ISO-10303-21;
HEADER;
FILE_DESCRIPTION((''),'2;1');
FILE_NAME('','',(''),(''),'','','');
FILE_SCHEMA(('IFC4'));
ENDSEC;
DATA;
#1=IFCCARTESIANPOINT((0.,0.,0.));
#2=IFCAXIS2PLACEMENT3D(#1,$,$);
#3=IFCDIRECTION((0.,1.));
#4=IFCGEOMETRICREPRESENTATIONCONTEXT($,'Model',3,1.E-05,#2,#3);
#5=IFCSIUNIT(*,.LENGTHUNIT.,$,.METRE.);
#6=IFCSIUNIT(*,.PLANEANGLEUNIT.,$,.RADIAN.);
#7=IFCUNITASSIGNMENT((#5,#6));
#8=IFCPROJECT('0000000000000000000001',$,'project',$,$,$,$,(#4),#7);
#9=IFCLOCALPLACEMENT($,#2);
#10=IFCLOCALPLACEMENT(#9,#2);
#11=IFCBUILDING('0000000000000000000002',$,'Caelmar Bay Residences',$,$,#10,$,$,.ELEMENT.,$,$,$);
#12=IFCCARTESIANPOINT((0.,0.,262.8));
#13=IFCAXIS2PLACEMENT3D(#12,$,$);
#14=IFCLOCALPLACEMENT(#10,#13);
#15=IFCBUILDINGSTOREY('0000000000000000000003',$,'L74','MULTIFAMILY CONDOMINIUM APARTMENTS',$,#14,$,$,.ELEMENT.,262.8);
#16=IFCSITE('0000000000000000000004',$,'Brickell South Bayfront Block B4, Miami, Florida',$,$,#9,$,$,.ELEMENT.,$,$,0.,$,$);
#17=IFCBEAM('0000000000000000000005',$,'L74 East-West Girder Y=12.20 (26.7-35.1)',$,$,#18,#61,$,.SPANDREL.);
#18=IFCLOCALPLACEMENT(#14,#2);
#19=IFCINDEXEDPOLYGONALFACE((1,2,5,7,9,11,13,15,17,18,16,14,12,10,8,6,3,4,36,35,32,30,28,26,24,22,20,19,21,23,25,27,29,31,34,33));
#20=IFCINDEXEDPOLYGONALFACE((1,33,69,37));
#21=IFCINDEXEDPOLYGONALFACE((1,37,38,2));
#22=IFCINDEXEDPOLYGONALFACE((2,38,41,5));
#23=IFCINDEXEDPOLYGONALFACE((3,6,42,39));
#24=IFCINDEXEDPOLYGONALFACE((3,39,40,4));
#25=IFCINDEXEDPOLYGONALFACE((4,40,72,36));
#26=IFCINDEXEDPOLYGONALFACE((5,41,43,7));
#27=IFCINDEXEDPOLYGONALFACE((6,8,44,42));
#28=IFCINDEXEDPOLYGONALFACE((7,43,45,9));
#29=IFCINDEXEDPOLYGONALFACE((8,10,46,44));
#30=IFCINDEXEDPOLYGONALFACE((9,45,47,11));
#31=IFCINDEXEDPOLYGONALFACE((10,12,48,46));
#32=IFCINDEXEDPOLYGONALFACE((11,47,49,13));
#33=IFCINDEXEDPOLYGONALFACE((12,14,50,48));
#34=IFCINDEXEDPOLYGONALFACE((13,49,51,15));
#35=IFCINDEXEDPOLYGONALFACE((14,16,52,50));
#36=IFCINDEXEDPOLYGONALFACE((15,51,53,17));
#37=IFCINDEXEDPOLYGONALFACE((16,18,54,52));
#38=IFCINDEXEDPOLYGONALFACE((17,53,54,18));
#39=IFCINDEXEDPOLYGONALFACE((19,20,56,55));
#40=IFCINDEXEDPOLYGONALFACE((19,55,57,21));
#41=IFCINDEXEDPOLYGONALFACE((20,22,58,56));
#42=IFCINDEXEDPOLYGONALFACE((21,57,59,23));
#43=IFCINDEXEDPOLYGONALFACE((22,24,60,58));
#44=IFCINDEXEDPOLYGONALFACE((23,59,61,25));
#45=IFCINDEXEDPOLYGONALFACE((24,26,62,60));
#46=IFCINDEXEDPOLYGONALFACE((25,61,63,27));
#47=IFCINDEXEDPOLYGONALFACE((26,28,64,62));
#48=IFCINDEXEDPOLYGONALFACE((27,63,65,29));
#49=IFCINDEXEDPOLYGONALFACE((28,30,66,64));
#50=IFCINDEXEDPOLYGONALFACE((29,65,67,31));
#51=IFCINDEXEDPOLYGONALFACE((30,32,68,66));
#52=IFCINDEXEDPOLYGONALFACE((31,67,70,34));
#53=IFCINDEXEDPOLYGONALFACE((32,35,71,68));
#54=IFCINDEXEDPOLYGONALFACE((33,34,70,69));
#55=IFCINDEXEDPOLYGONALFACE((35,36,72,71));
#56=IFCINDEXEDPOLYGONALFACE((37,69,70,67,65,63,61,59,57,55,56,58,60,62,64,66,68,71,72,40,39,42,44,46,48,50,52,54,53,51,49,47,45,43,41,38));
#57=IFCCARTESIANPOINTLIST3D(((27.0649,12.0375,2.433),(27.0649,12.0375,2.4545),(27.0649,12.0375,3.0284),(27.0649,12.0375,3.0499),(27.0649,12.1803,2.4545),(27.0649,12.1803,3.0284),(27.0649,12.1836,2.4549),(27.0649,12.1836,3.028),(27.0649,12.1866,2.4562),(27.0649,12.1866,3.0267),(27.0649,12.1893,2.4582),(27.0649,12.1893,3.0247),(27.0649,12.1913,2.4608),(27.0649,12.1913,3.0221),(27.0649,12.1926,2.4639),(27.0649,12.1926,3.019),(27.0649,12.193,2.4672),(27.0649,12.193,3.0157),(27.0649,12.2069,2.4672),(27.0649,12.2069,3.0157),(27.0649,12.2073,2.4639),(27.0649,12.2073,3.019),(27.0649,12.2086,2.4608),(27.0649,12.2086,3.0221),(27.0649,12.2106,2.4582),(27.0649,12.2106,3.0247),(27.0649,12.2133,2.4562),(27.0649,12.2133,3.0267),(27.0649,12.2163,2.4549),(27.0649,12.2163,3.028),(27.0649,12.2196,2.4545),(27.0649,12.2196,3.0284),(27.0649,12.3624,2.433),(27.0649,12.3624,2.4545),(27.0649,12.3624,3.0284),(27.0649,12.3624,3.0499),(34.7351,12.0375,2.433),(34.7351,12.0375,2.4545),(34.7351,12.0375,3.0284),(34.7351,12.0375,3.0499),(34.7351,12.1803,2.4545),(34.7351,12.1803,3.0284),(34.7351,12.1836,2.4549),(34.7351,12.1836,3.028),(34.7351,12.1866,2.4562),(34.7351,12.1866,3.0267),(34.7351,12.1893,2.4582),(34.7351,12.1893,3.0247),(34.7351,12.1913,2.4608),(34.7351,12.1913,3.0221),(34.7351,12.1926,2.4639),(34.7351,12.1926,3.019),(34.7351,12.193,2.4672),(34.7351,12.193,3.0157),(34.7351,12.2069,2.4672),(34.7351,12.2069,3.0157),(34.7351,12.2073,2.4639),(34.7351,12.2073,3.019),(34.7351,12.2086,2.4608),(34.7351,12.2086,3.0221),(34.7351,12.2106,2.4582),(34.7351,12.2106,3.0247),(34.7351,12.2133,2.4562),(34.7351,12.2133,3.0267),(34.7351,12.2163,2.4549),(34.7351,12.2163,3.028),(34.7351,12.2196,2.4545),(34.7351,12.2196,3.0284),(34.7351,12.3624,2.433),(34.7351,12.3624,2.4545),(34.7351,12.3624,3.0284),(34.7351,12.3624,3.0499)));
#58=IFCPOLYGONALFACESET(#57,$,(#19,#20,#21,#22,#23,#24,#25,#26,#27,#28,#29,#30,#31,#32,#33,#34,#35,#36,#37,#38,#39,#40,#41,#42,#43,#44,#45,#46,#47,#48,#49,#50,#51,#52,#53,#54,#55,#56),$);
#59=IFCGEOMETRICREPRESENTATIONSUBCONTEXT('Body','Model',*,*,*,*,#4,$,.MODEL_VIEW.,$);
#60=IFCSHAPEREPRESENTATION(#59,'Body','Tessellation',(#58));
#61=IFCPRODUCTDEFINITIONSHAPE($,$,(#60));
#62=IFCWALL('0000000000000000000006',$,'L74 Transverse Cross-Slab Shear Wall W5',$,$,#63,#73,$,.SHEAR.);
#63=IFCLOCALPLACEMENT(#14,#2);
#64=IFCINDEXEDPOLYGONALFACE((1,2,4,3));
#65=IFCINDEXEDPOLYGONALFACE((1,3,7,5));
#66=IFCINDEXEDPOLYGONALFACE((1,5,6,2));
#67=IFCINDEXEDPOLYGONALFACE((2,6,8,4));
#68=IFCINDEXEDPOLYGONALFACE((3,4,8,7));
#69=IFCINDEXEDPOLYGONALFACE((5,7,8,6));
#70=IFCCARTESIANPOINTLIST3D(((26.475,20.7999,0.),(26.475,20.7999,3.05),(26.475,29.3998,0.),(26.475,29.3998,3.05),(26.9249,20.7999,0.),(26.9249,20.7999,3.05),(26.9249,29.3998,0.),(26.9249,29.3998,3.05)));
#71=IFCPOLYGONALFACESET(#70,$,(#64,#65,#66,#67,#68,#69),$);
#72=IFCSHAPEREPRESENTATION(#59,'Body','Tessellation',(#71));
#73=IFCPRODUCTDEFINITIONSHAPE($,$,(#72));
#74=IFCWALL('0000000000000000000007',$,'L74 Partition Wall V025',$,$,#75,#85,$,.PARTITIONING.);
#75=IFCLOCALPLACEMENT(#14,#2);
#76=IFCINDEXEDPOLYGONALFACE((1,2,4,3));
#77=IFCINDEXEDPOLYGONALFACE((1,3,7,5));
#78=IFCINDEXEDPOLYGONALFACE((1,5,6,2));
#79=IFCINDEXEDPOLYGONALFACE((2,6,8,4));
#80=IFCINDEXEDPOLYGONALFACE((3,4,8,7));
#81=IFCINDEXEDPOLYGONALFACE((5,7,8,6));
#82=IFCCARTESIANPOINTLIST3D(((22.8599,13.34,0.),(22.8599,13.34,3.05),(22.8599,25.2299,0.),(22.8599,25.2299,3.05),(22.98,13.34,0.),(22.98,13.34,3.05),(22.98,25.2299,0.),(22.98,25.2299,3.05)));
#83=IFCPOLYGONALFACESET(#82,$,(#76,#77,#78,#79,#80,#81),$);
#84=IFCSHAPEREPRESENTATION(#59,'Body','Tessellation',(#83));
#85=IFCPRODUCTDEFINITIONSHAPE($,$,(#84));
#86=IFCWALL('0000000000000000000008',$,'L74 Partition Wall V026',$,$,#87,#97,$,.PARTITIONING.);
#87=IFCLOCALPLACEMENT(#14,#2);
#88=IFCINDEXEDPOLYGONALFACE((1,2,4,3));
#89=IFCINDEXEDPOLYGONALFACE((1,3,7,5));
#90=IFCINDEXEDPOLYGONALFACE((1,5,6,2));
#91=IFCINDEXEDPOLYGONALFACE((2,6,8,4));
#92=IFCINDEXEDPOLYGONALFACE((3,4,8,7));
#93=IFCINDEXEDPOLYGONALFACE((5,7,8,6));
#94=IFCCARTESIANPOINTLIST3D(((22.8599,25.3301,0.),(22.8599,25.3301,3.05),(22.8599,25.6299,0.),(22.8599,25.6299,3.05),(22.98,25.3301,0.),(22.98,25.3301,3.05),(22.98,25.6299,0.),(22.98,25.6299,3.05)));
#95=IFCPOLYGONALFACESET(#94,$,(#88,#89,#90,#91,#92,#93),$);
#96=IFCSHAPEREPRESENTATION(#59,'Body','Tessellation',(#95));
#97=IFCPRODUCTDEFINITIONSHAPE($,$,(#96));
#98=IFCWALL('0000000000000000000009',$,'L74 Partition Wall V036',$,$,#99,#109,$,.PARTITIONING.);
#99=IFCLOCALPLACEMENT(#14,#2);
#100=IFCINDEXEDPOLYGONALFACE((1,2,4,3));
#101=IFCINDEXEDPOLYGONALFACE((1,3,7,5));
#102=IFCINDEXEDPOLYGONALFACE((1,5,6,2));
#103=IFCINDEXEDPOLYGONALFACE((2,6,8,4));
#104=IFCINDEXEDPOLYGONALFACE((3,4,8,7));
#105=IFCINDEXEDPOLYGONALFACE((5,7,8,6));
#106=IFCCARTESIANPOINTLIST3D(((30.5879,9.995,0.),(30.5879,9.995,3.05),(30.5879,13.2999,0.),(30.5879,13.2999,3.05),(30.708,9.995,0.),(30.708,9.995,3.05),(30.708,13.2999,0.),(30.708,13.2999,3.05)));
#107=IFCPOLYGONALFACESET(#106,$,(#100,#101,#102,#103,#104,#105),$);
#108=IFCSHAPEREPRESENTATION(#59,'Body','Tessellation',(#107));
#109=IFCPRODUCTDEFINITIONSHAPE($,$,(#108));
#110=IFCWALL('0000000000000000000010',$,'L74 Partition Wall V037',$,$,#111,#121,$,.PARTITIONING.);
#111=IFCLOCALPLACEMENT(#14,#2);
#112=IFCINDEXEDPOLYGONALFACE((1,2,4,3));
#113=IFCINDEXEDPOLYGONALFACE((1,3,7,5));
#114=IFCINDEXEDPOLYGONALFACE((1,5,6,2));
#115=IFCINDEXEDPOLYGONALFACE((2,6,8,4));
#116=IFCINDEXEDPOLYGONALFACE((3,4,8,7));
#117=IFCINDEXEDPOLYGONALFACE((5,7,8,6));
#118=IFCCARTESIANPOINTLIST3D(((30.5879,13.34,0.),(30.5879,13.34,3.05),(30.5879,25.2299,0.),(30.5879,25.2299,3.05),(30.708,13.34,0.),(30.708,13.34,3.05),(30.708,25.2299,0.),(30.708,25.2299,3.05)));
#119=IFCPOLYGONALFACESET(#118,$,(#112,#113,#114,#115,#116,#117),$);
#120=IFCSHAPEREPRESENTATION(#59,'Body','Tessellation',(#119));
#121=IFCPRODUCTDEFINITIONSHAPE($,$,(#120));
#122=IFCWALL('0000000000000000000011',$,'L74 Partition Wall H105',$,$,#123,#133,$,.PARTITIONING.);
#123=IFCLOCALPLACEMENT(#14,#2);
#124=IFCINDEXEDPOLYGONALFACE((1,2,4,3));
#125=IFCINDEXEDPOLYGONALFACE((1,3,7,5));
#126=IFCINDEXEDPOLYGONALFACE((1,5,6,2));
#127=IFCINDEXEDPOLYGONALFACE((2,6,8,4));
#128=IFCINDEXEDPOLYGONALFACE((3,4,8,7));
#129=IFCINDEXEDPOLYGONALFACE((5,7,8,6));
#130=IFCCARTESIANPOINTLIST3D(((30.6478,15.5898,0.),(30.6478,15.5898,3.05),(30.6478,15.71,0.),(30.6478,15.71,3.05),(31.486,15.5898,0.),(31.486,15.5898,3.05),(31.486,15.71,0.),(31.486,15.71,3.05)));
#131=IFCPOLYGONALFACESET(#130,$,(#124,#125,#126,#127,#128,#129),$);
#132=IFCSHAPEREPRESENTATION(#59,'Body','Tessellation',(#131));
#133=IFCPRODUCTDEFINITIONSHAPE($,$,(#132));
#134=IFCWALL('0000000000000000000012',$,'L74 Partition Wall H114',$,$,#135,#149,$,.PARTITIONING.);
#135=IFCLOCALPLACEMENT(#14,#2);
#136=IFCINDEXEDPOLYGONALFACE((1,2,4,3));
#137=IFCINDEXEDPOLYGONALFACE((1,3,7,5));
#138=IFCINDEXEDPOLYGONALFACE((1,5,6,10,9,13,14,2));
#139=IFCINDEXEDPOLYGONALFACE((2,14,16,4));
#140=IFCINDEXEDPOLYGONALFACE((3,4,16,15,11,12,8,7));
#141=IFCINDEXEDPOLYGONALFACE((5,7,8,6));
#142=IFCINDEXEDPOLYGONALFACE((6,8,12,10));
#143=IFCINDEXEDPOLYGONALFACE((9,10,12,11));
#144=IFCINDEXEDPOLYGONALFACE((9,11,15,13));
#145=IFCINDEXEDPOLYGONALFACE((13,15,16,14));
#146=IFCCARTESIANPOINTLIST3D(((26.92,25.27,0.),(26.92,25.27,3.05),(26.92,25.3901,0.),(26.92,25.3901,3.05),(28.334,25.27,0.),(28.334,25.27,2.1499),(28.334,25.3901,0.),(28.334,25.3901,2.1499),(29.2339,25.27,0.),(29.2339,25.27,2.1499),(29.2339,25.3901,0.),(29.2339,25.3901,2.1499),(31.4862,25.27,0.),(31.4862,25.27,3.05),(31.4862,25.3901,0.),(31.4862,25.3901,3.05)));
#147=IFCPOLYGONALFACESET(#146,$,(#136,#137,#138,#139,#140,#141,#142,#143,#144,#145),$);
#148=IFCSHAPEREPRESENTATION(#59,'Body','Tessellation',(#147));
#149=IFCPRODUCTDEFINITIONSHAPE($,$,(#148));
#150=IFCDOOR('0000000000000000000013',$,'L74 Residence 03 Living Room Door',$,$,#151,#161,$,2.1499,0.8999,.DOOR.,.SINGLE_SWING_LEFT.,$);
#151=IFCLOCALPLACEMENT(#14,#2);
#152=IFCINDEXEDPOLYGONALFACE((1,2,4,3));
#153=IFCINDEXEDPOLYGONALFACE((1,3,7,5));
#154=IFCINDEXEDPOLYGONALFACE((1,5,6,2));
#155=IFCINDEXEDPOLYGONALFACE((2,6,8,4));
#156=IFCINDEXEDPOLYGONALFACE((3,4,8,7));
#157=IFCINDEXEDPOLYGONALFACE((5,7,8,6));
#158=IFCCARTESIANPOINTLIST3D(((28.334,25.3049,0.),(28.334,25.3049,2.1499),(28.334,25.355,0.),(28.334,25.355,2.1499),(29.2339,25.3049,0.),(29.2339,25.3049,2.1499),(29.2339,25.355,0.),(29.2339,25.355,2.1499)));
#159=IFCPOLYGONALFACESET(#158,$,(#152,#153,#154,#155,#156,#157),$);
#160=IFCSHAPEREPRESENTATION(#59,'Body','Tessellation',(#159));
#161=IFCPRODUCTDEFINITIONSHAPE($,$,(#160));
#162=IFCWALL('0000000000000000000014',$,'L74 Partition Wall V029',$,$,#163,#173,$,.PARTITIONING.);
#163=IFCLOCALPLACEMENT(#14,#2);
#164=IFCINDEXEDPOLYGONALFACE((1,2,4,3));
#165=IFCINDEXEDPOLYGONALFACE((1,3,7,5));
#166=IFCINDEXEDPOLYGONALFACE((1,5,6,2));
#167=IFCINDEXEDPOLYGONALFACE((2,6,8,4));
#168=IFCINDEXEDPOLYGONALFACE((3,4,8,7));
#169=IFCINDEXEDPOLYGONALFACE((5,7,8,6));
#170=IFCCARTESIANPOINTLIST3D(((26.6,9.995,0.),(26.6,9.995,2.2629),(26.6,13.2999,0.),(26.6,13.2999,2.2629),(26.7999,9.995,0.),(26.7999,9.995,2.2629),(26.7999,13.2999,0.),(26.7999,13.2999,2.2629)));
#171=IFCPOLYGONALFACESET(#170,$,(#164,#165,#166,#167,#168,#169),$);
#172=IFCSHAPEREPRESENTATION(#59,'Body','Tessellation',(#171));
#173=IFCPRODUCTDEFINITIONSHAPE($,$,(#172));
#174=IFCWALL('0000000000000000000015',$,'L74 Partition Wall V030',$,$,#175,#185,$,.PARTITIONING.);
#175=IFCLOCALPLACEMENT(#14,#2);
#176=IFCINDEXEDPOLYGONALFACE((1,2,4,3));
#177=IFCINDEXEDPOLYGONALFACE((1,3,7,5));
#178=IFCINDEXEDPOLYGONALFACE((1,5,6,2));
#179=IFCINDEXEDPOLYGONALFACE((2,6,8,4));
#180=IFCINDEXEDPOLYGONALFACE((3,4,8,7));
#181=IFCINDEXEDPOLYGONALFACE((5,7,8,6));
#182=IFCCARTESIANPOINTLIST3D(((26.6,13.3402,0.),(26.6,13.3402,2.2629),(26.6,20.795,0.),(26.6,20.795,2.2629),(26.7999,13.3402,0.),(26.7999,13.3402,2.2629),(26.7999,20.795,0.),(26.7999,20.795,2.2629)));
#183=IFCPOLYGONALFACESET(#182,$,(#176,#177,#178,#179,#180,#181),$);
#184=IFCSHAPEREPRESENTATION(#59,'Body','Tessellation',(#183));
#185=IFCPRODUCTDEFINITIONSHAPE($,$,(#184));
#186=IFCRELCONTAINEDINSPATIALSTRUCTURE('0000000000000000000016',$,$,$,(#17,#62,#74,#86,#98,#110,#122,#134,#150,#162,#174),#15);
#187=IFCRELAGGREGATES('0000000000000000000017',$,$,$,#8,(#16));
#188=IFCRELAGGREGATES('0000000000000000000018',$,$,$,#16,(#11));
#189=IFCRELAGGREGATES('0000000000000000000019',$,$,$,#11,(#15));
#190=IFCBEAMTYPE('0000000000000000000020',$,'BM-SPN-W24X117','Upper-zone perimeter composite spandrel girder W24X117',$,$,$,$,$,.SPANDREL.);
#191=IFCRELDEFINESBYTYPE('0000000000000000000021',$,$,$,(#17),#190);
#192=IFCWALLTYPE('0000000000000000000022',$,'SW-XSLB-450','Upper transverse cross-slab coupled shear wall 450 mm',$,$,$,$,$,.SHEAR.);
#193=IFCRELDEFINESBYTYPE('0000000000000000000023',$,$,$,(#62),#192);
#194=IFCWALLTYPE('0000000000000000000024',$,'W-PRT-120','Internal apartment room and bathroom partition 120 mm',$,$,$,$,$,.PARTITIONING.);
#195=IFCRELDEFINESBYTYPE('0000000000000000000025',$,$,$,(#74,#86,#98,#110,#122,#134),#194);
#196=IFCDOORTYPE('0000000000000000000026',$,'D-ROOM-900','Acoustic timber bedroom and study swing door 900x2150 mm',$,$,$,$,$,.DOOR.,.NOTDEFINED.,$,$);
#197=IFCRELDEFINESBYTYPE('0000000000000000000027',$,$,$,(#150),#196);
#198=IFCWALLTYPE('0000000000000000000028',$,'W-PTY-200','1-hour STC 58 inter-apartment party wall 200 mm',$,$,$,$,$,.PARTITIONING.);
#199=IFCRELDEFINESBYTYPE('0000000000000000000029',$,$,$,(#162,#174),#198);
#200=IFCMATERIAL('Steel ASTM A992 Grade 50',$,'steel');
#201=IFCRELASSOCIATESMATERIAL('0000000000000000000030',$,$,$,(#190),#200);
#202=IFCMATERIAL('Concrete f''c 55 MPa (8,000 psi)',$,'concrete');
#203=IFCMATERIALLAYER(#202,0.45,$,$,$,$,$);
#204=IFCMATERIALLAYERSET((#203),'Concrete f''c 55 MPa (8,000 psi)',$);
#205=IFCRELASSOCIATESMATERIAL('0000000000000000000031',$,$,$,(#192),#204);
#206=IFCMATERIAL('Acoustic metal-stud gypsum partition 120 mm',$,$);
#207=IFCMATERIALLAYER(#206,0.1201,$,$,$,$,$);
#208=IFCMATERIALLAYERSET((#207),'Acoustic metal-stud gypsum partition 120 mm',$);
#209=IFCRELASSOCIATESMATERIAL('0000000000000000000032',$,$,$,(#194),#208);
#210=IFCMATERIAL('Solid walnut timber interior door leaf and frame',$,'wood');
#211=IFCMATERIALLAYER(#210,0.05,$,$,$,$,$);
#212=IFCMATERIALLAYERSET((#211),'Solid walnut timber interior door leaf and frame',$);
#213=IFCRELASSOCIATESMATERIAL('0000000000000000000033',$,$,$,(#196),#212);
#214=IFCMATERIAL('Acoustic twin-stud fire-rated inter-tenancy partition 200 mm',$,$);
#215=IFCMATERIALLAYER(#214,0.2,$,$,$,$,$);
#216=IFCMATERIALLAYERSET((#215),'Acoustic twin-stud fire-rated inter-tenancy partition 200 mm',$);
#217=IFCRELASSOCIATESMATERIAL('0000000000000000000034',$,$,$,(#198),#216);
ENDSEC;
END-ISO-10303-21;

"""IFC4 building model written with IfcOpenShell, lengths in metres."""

from ifc_helpers import new_model, si_unit, direction, frame, frame_2d, origin, origin_2d, place, context, subcontext, project, spatial, rectangle, i_section, extrude, material, layer, layer_set, material_profile, profile_set, type_object, element, fill, save


model = new_model("IFC4")

# Units and contexts
model_context = context("Model", 3, precision=1e-05, world=origin(), true_north=direction((0.0, 1.0)))
body_context = subcontext(model_context, "Body", "Model", "MODEL_VIEW")
ifc_project = project(units=[si_unit("LENGTHUNIT", "METRE"), si_unit("PLANEANGLEUNIT", "RADIAN")], contexts=[model_context])

# Site, building, storey
site_placement = place(None, origin())
site = spatial("IfcSite", under=ifc_project, at=site_placement, Name="Brickell South Bayfront Block B4, Miami, Florida", CompositionType="ELEMENT", RefElevation=0.0)
building_placement = place(site_placement, origin())
building = spatial("IfcBuilding", under=site, at=building_placement, Name="Caelmar Bay Residences", CompositionType="ELEMENT")
storey_placement = place(building_placement, frame((0.0, 0.0, 262.8)))
storey = spatial("IfcBuildingStorey", under=building, at=storey_placement, Name="L74", Description="MULTIFAMILY CONDOMINIUM APARTMENTS", CompositionType="ELEMENT", Elevation=262.8)

# Shared definitions
ifc_material_1 = material(Name="Concrete f'c 55 MPa (8,000 psi)", Category="concrete")

# Beam
ifc_material_2 = material(Name="Steel ASTM A992 Grade 50", Category="steel")
ifc_material_profile_1 = material_profile(ifc_material_2, i_section(OverallWidth=0.325, OverallDepth=0.6169, WebThickness=0.0139, FlangeThickness=0.0215, FilletRadius=0.0127, at=origin_2d()), Name="W24X117")
ifc_profile_set_1 = profile_set([ifc_material_profile_1], Name="Steel ASTM A992 Grade 50")
beam_type_1 = type_object("IfcBeamType", Name="BM-SPN-W24X117", Description="Upper-zone perimeter composite spandrel girder W24X117", PredefinedType="SPANDREL", material=ifc_profile_set_1)
beam_1_placement = place(storey_placement, frame((27.0649, 12.2, 2.7415), z_axis=(1.0, 0.0, 0.0), x_axis=(0.0, 1.0, 0.0)))
element("IfcBeam", 1, at=beam_1_placement, inside=storey, type_object=beam_type_1, Name="L74 East-West Girder Y=12.20 (26.7-35.1)", PredefinedType="SPANDREL", context=body_context, shape_type="SweptSolid", body=[
    extrude(i_section(OverallWidth=0.325, OverallDepth=0.6169, WebThickness=0.0139, FlangeThickness=0.0215, FilletRadius=0.0127, at=origin_2d()), origin(), (0.0, 0.0, 1.0), 7.6702),
])

# Walls
ifc_layer_1 = layer(ifc_material_1, 0.45)
ifc_layer_set_1 = layer_set([ifc_layer_1], Name="Concrete f'c 55 MPa (8,000 psi)")
wall_type_1 = type_object("IfcWallType", Name="SW-XSLB-450", Description="Upper transverse cross-slab coupled shear wall 450 mm", PredefinedType="SHEAR", material=ifc_layer_set_1)
wall_1_placement = place(storey_placement, frame((26.7, 20.8, 0.0), z_axis=(0.0, 0.0, 1.0), x_axis=(0.0, 1.0, 0.0)))
element("IfcWall", 2, at=wall_1_placement, inside=storey, type_object=wall_type_1, Name="L74 Transverse Cross-Slab Shear Wall W5", PredefinedType="SHEAR", context=body_context, shape_type="SweptSolid", body=[
    extrude(rectangle(XDim=8.5999, YDim=0.45, at=frame_2d((4.2998, 0.0))), origin(), (0.0, 0.0, 1.0), 3.05),
])
ifc_material_3 = material(Name="Acoustic metal-stud gypsum partition 120 mm")
ifc_layer_2 = layer(ifc_material_3, 0.1201)
ifc_layer_set_2 = layer_set([ifc_layer_2], Name="Acoustic metal-stud gypsum partition 120 mm")
wall_type_2 = type_object("IfcWallType", Name="W-PRT-120", Description="Internal apartment room and bathroom partition 120 mm", PredefinedType="PARTITIONING", material=ifc_layer_set_2)
wall_2_placement = place(storey_placement, frame((22.9199, 13.3401, 0.0), z_axis=(0.0, 0.0, 1.0), x_axis=(0.0, 1.0, 0.0)))
element("IfcWall", 3, at=wall_2_placement, inside=storey, type_object=wall_type_2, Name="L74 Partition Wall V025", PredefinedType="PARTITIONING", context=body_context, shape_type="SweptSolid", body=[
    extrude(rectangle(XDim=11.8899, YDim=0.1201, at=frame_2d((5.9448, 0.0))), origin(), (0.0, 0.0, 1.0), 3.05),
])
wall_3_placement = place(storey_placement, frame((22.9199, 25.3301, 0.0), z_axis=(0.0, 0.0, 1.0), x_axis=(0.0, 1.0, 0.0)))
element("IfcWall", 4, at=wall_3_placement, inside=storey, type_object=wall_type_2, Name="L74 Partition Wall V026", PredefinedType="PARTITIONING", context=body_context, shape_type="SweptSolid", body=[
    extrude(rectangle(XDim=0.2998, YDim=0.1201, at=frame_2d((0.1499, 0.0))), origin(), (0.0, 0.0, 1.0), 3.05),
])
wall_4_placement = place(storey_placement, frame((30.6479, 9.9951, 0.0), z_axis=(0.0, 0.0, 1.0), x_axis=(0.0, 1.0, 0.0)))
element("IfcWall", 5, at=wall_4_placement, inside=storey, type_object=wall_type_2, Name="L74 Partition Wall V036", PredefinedType="PARTITIONING", context=body_context, shape_type="SweptSolid", body=[
    extrude(rectangle(XDim=3.3049, YDim=0.1201, at=frame_2d((1.6523, 0.0))), origin(), (0.0, 0.0, 1.0), 3.05),
])
wall_5_placement = place(storey_placement, frame((30.6479, 13.3401, 0.0), z_axis=(0.0, 0.0, 1.0), x_axis=(0.0, 1.0, 0.0)))
element("IfcWall", 6, at=wall_5_placement, inside=storey, type_object=wall_type_2, Name="L74 Partition Wall V037", PredefinedType="PARTITIONING", context=body_context, shape_type="SweptSolid", body=[
    extrude(rectangle(XDim=11.8899, YDim=0.1201, at=frame_2d((5.9448, 0.0))), origin(), (0.0, 0.0, 1.0), 3.05),
])

# Shared definitions
ifc_material_4 = material(Name="Solid walnut timber interior door leaf and frame", Category="wood")
ifc_layer_3 = layer(ifc_material_4, 0.05)
ifc_layer_set_3 = layer_set([ifc_layer_3], Name="Solid walnut timber interior door leaf and frame")
door_type = type_object("IfcDoorType", Name="D-ROOM-900", Description="Acoustic timber bedroom and study swing door 900x2150 mm", OperationType="NOTDEFINED", PredefinedType="DOOR", material=ifc_layer_set_3)

# Wall
wall_6_placement = place(storey_placement, frame((30.6479, 15.6499, 0.0), z_axis=(0.0, 0.0, 1.0), x_axis=(1.0, 0.0, 0.0)))
element("IfcWall", 7, at=wall_6_placement, inside=storey, type_object=wall_type_2, Name="L74 Partition Wall H105", PredefinedType="PARTITIONING", context=body_context, shape_type="SweptSolid", body=[
    extrude(rectangle(XDim=0.8381, YDim=0.1201, at=frame_2d((0.4189, 0.0))), origin(), (0.0, 0.0, 1.0), 3.05),
])

# Wall, opening, door
wall_7_placement = place(storey_placement, frame((26.9199, 25.3301, 0.0), z_axis=(0.0, 0.0, 1.0), x_axis=(1.0, 0.0, 0.0)))
wall_7 = element("IfcWall", 8, at=wall_7_placement, inside=storey, type_object=wall_type_2, Name="L74 Partition Wall H114", PredefinedType="PARTITIONING", context=body_context, shape_type="SweptSolid", body=[
    extrude(rectangle(XDim=4.5662, YDim=0.1201, at=frame_2d((2.2832, 0.0))), origin(), (0.0, 0.0, 1.0), 3.05),
])
opening_1_placement = place(wall_7_placement, frame((1.4141, 0.0, 0.0)))
opening_1 = element("IfcOpeningElement", 9, at=opening_1_placement, cuts=wall_7, PredefinedType="OPENING", context=body_context, shape_type="SweptSolid", body=[
    extrude(rectangle(XDim=0.8999, YDim=2.1499, at=frame_2d((0.45, 1.075))), frame((0.0, 0.0701, 0.0), z_axis=(0.0, -1.0, 0.0), x_axis=(1.0, 0.0, 0.0)), (0.0, 0.0, 1.0), 0.1401),
])
door_1_placement = place(opening_1_placement, origin())
door_1 = element("IfcDoor", 10, at=door_1_placement, inside=storey, type_object=door_type, Name="L74 Residence 03 Living Room Door", OperationType="SINGLE_SWING_LEFT", OverallHeight=2.1499, OverallWidth=0.8999, PredefinedType="DOOR", context=body_context, shape_type="SweptSolid", body=[
    extrude(rectangle(XDim=0.8999, YDim=2.1499, at=frame_2d((0.45, 1.075))), frame((0.0, 0.0249, 0.0), z_axis=(0.0, -1.0, 0.0), x_axis=(1.0, 0.0, 0.0)), (0.0, 0.0, 1.0), 0.05),
])
fill(opening_1, door_1)

# Walls
ifc_material_5 = material(Name="Acoustic twin-stud fire-rated inter-tenancy partition 200 mm")
ifc_layer_4 = layer(ifc_material_5, 0.2)
ifc_layer_set_4 = layer_set([ifc_layer_4], Name="Acoustic twin-stud fire-rated inter-tenancy partition 200 mm")
wall_type_3 = type_object("IfcWallType", Name="W-PTY-200", Description="1-hour STC 58 inter-apartment party wall 200 mm", PredefinedType="PARTITIONING", material=ifc_layer_set_4)
wall_8_placement = place(storey_placement, frame((26.7, 9.9951, 0.0), z_axis=(0.0, 0.0, 1.0), x_axis=(0.0, 1.0, 0.0)))
element("IfcWall", 11, at=wall_8_placement, inside=storey, type_object=wall_type_3, Name="L74 Partition Wall V029", PredefinedType="PARTITIONING", context=body_context, shape_type="SweptSolid", body=[
    extrude(rectangle(XDim=3.3049, YDim=0.2, at=frame_2d((1.6523, 0.0))), origin(), (0.0, 0.0, 1.0), 2.2629),
])
wall_9_placement = place(storey_placement, frame((26.7, 13.3401, 0.0), z_axis=(0.0, 0.0, 1.0), x_axis=(0.0, 1.0, 0.0)))
element("IfcWall", 12, at=wall_9_placement, inside=storey, type_object=wall_type_3, Name="L74 Partition Wall V030", PredefinedType="PARTITIONING", context=body_context, shape_type="SweptSolid", body=[
    extrude(rectangle(XDim=7.4548, YDim=0.2, at=frame_2d((3.7275, 0.0))), origin(), (0.0, 0.0, 1.0), 2.2629),
])

save(model, "model.ifc")
